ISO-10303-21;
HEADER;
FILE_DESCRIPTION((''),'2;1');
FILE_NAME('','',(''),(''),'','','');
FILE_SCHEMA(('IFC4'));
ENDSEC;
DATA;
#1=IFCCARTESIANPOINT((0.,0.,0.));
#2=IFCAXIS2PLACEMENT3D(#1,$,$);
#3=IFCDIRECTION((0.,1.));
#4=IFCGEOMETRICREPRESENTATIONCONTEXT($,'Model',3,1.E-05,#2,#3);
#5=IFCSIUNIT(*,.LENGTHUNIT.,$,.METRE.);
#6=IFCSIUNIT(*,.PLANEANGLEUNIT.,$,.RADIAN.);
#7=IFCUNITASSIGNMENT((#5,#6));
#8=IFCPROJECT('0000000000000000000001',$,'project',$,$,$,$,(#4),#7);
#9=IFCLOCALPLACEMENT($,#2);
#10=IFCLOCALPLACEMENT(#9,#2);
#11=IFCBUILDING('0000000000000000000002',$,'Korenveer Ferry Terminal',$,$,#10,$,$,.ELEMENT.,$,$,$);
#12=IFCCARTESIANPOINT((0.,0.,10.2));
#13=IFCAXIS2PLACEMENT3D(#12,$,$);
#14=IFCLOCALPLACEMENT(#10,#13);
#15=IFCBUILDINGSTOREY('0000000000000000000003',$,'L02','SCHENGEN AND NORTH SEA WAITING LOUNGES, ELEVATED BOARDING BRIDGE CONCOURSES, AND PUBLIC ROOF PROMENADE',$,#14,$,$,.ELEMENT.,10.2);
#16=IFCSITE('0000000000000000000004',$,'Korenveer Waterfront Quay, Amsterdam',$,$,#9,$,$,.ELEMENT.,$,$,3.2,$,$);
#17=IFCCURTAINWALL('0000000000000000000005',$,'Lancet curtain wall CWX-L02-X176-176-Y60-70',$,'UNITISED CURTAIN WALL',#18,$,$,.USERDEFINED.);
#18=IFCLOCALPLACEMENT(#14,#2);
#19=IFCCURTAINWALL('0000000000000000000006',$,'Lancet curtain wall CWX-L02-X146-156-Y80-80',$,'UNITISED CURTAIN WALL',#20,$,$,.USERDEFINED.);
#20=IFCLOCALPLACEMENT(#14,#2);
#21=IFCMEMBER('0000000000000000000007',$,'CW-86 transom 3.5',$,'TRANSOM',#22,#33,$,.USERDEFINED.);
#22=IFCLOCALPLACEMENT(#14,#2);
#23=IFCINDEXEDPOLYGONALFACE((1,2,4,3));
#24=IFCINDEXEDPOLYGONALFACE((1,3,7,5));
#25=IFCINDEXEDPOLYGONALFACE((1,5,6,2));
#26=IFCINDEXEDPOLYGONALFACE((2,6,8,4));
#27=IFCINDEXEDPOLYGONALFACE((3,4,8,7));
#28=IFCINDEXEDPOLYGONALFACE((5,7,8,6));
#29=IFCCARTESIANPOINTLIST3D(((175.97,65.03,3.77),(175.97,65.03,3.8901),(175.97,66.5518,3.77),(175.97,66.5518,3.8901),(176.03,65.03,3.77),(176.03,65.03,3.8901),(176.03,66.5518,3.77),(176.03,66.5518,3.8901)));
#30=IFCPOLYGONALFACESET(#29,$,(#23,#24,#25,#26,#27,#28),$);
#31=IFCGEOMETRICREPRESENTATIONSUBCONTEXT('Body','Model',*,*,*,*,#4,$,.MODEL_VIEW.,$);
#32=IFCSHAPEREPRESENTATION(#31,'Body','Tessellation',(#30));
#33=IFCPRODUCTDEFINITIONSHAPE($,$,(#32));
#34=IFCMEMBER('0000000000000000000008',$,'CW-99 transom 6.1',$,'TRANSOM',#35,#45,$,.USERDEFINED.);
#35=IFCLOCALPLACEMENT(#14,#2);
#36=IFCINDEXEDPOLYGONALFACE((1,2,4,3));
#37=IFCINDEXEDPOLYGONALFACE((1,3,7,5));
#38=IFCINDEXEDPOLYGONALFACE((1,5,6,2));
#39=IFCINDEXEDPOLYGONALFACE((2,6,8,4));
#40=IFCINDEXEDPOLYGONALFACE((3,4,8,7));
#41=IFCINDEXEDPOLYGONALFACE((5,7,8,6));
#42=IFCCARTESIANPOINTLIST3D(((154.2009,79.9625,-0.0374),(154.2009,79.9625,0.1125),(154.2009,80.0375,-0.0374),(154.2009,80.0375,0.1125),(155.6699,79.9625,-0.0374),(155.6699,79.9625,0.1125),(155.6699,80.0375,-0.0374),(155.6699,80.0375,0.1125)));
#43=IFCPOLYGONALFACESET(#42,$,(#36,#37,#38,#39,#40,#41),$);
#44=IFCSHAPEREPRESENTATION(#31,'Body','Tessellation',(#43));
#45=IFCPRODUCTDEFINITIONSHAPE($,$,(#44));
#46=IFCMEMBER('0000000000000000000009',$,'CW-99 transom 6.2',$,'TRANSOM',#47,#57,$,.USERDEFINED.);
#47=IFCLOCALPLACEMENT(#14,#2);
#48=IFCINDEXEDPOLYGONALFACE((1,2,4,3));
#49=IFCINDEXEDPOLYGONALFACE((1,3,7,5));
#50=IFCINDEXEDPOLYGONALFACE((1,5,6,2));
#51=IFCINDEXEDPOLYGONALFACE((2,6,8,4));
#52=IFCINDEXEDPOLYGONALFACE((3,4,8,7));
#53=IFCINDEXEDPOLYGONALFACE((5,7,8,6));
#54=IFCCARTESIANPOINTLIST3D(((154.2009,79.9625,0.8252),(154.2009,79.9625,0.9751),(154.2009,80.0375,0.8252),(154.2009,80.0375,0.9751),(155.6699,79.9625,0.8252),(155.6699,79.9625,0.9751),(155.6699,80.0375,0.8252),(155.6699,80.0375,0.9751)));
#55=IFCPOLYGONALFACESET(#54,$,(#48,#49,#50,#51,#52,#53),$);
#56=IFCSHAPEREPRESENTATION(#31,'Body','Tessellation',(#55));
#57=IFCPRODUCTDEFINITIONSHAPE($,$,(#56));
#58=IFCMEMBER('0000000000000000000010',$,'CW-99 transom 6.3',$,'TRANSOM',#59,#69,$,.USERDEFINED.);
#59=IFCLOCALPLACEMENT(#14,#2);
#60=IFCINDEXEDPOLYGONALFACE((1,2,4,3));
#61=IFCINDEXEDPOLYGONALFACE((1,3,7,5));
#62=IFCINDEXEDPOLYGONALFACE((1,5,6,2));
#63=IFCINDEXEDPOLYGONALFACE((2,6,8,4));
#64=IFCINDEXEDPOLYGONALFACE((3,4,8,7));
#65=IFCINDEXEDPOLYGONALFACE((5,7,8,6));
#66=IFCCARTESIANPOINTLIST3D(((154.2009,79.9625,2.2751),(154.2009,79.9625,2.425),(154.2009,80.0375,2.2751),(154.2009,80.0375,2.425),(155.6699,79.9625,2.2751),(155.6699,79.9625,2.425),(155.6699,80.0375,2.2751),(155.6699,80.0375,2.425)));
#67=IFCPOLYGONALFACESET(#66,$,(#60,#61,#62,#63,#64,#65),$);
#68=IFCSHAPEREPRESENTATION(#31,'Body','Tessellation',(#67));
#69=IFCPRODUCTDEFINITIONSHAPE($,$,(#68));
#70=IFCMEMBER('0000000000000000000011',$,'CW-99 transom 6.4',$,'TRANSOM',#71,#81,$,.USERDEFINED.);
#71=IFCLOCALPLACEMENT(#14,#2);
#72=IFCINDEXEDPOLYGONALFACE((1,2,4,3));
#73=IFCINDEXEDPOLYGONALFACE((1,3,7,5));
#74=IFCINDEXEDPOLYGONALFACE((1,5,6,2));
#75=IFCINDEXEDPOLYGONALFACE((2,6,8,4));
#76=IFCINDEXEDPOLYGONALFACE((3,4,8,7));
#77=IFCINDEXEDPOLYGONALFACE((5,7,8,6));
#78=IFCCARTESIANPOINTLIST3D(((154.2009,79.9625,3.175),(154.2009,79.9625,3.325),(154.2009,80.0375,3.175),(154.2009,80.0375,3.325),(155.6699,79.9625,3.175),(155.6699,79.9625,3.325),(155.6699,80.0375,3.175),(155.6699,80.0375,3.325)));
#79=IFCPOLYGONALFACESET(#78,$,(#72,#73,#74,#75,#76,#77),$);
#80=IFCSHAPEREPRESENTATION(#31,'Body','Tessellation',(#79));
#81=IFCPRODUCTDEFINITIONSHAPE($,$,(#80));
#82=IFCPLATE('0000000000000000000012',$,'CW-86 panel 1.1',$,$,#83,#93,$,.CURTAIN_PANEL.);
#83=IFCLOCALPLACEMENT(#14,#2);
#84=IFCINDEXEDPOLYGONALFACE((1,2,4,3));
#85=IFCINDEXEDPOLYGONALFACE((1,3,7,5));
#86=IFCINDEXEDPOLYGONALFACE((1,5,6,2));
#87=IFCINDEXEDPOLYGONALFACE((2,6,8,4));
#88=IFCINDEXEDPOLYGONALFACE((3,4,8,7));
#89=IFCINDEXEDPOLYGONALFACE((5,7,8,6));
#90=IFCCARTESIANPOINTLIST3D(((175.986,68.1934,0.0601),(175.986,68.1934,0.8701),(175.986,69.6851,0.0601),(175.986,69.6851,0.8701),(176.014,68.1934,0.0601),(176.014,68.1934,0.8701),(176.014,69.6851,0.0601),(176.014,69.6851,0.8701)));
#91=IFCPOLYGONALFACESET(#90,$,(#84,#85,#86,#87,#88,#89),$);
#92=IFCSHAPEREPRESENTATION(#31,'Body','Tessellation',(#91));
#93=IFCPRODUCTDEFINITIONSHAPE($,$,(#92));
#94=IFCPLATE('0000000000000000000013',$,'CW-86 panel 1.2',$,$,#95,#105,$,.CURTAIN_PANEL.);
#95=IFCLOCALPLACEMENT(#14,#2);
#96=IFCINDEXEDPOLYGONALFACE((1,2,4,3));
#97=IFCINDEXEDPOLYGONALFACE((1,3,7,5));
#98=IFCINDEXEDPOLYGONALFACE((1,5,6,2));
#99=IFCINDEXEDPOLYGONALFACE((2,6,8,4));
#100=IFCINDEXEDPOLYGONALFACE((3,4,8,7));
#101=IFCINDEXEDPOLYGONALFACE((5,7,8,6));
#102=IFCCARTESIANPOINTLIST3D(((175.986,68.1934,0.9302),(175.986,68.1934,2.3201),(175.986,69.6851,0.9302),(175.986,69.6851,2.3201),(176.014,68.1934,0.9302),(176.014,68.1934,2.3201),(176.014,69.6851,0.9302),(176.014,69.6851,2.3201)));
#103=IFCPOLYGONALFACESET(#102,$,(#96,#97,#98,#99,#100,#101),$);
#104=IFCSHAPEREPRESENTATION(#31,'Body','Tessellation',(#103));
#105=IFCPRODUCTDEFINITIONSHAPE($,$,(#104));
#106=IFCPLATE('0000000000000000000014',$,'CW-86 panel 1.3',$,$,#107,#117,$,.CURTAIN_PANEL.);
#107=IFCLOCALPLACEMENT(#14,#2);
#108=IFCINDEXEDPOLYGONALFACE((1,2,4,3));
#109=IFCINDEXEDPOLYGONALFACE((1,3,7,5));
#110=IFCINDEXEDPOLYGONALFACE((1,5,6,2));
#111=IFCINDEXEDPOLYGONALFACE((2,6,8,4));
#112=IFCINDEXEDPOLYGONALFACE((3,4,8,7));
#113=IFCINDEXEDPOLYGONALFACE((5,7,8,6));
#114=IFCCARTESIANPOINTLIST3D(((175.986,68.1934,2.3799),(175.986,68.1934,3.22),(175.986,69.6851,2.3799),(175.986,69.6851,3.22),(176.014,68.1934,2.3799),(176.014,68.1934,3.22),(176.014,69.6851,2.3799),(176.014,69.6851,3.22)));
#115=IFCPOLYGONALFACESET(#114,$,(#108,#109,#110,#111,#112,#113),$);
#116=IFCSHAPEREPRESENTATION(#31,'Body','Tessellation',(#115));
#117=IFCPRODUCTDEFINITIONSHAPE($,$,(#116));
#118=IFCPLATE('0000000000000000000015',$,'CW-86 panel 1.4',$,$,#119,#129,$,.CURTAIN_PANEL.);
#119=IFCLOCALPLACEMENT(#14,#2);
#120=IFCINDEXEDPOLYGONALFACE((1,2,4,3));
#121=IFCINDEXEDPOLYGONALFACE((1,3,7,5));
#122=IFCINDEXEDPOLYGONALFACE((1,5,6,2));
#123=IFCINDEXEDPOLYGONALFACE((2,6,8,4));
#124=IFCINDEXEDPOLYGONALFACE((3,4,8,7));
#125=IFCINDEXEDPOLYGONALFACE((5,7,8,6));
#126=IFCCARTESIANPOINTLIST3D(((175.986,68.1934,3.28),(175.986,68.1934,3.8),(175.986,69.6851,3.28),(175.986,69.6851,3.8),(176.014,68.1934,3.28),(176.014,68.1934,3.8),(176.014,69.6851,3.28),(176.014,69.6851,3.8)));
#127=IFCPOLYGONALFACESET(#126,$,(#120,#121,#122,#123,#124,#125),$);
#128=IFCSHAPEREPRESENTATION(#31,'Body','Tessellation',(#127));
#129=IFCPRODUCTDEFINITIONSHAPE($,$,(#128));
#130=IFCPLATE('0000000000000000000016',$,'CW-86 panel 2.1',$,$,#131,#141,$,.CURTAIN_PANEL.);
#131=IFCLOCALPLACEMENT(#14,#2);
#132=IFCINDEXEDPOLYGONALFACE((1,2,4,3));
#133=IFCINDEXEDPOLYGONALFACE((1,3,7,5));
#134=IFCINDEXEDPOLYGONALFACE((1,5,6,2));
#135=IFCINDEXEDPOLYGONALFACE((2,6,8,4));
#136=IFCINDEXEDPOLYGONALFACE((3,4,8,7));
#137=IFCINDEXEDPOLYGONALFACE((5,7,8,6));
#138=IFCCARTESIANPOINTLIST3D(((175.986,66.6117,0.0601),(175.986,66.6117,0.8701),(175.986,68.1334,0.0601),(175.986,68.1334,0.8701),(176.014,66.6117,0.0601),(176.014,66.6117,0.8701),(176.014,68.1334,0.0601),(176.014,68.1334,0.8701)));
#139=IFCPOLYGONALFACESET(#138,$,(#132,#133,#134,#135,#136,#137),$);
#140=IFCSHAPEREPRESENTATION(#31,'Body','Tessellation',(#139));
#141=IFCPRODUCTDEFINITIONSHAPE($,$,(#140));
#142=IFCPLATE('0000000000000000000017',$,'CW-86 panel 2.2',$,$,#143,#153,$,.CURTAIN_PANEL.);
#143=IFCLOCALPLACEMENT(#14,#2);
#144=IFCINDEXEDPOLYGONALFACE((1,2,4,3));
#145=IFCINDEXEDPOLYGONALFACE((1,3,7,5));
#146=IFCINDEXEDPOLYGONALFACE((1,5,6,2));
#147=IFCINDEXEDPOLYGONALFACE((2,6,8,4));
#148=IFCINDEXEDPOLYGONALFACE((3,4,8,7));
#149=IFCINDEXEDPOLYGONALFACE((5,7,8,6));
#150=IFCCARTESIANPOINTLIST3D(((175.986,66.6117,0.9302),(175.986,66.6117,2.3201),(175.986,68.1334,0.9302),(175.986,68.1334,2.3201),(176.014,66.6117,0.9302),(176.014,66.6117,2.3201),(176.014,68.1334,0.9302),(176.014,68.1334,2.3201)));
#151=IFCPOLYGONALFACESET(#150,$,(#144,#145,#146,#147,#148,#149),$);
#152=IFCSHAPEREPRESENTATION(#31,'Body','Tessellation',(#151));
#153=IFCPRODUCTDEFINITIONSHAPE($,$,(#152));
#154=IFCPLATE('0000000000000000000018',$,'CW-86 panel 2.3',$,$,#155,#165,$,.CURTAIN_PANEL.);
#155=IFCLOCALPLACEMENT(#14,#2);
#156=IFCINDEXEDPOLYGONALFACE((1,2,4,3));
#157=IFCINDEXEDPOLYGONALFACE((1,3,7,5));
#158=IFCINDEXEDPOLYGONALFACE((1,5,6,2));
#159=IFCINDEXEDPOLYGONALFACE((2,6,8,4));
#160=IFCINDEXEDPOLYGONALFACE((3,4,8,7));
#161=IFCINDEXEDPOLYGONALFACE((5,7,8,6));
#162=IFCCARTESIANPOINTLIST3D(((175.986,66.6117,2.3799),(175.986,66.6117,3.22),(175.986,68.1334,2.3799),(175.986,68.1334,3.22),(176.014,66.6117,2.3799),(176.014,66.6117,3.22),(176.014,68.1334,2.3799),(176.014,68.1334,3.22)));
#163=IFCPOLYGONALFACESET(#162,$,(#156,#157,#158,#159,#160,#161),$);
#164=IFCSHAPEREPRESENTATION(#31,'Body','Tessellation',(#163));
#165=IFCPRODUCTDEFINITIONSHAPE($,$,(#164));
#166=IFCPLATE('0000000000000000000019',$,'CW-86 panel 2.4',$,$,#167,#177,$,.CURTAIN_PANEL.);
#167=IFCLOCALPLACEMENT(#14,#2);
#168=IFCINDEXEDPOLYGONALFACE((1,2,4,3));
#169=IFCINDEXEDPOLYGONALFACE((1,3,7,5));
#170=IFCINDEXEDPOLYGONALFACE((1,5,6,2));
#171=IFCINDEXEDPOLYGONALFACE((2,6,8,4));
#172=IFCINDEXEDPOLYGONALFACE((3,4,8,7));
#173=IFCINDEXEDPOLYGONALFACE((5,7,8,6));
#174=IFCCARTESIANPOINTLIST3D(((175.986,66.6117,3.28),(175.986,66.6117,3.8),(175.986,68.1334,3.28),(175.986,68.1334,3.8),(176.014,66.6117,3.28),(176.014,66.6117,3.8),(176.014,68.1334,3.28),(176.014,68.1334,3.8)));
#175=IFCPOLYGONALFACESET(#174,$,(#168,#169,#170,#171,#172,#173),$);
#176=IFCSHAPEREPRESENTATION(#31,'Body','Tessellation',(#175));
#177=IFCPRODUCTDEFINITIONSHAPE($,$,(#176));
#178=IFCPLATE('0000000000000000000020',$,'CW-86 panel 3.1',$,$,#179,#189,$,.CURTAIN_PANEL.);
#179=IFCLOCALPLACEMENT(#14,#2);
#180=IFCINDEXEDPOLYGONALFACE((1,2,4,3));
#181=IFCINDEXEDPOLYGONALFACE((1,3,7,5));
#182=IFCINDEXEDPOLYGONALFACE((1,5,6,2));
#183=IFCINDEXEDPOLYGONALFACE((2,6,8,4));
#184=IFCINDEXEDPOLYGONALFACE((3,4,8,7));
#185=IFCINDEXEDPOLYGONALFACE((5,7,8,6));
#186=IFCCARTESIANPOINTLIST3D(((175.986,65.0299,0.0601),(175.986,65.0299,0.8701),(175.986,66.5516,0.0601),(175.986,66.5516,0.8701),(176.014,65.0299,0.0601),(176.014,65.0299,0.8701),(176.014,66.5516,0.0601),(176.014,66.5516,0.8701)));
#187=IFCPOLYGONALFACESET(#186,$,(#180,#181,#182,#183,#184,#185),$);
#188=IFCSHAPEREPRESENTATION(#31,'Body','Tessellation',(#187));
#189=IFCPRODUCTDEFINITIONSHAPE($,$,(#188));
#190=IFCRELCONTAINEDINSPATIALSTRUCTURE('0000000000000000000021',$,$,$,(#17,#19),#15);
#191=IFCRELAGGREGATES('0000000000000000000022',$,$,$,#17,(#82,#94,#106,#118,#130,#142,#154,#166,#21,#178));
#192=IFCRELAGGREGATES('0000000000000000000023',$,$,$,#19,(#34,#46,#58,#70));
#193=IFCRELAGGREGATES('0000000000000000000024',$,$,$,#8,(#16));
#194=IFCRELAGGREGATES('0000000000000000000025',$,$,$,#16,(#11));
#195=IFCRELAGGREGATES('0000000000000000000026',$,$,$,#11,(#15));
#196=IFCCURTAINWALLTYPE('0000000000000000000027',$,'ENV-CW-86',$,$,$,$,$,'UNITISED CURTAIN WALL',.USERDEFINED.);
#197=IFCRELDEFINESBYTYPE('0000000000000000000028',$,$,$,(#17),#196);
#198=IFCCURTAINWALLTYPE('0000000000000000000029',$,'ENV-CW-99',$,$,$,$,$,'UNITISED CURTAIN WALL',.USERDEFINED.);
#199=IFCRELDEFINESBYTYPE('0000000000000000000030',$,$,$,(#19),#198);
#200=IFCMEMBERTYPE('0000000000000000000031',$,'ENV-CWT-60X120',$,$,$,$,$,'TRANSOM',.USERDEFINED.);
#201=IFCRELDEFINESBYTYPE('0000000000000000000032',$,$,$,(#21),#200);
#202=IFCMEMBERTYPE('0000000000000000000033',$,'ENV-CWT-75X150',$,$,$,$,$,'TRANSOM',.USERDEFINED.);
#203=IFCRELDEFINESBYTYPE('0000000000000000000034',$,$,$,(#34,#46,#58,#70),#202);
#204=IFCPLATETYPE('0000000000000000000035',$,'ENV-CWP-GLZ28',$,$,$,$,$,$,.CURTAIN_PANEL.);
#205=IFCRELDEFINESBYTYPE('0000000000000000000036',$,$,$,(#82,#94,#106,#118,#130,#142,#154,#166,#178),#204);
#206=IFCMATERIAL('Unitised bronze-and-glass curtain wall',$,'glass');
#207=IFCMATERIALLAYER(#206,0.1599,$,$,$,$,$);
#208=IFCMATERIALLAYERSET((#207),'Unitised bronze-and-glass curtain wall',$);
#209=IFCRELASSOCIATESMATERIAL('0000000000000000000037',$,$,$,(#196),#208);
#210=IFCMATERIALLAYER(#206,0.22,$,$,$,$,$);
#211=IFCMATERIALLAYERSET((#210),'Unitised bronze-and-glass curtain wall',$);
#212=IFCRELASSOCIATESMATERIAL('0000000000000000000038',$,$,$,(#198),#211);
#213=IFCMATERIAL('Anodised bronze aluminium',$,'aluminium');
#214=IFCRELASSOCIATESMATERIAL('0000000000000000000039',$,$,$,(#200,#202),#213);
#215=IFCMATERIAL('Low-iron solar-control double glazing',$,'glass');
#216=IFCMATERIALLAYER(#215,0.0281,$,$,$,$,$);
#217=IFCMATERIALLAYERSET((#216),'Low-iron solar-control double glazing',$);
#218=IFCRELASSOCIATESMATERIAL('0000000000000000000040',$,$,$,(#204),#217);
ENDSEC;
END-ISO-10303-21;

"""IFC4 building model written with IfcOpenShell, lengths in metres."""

from ifc_helpers import new_model, si_unit, direction, frame, origin, origin_2d, place, context, subcontext, project, spatial, rectangle, extrude, material, layer, layer_set, material_profile, profile_set, type_object, element, aggregate, save


model = new_model("IFC4")

# Units and contexts
model_context = context("Model", 3, precision=1e-05, world=origin(), true_north=direction((0.0, 1.0)))
body_context = subcontext(model_context, "Body", "Model", "MODEL_VIEW")
ifc_project = project(units=[si_unit("LENGTHUNIT", "METRE"), si_unit("PLANEANGLEUNIT", "RADIAN")], contexts=[model_context])

# Site, building, storey
site_placement = place(None, origin())
site = spatial("IfcSite", under=ifc_project, at=site_placement, Name="Korenveer Waterfront Quay, Amsterdam", CompositionType="ELEMENT", RefElevation=3.2)
building_placement = place(site_placement, origin())
building = spatial("IfcBuilding", under=site, at=building_placement, Name="Korenveer Ferry Terminal", CompositionType="ELEMENT")
storey_placement = place(building_placement, frame((0.0, 0.0, 10.2)))
storey = spatial("IfcBuildingStorey", under=building, at=storey_placement, Name="L02", Description="SCHENGEN AND NORTH SEA WAITING LOUNGES, ELEVATED BOARDING BRIDGE CONCOURSES, AND PUBLIC ROOF PROMENADE", CompositionType="ELEMENT", Elevation=10.2)

# Curtain wall
ifc_material_1 = material(Name="Unitised bronze-and-glass curtain wall", Category="glass")
ifc_layer_1 = layer(ifc_material_1, 0.1599)
ifc_layer_set_1 = layer_set([ifc_layer_1], Name="Unitised bronze-and-glass curtain wall")
curtain_wall_type_1 = type_object("IfcCurtainWallType", Name="ENV-CW-86", ElementType="UNITISED CURTAIN WALL", PredefinedType="USERDEFINED", material=ifc_layer_set_1)
curtain_wall_1_placement = place(storey_placement, frame((176.0, 69.7451, 0.0)))
curtain_wall_1 = element("IfcCurtainWall", 1, at=curtain_wall_1_placement, inside=storey, type_object=curtain_wall_type_1, Name="Lancet curtain wall CWX-L02-X176-176-Y60-70", ObjectType="UNITISED CURTAIN WALL", PredefinedType="USERDEFINED")
ifc_material_2 = material(Name="Anodised bronze aluminium", Category="aluminium")

# Curtain wall
ifc_layer_2 = layer(ifc_material_1, 0.22)
ifc_layer_set_2 = layer_set([ifc_layer_2], Name="Unitised bronze-and-glass curtain wall")
curtain_wall_type_2 = type_object("IfcCurtainWallType", Name="ENV-CW-99", ElementType="UNITISED CURTAIN WALL", PredefinedType="USERDEFINED", material=ifc_layer_set_2)
curtain_wall_2_placement = place(storey_placement, frame((146.2549, 80.0, 0.0)))
curtain_wall_2 = element("IfcCurtainWall", 2, at=curtain_wall_2_placement, inside=storey, type_object=curtain_wall_type_2, Name="Lancet curtain wall CWX-L02-X146-156-Y80-80", ObjectType="UNITISED CURTAIN WALL", PredefinedType="USERDEFINED")

# Members
ifc_material_profile_1 = material_profile(ifc_material_2, rectangle(XDim=0.0601, YDim=0.1201, at=origin_2d()), Name="ALU 60x120")
ifc_profile_set_1 = profile_set([ifc_material_profile_1], Name="Anodised bronze aluminium")
member_type_1 = type_object("IfcMemberType", Name="ENV-CWT-60X120", ElementType="TRANSOM", PredefinedType="USERDEFINED", material=ifc_profile_set_1)
member_1_placement = place(storey_placement, frame((176.0, 66.5518, 3.8301), z_axis=(0.0, -1.0, 0.0), x_axis=(1.0, 0.0, 0.0)))
member_1 = element("IfcMember", 3, at=member_1_placement, type_object=member_type_1, Name="CW-86 transom 3.5", ObjectType="TRANSOM", PredefinedType="USERDEFINED", context=body_context, shape_type="SweptSolid", body=[
    extrude(rectangle(XDim=0.0601, YDim=0.1201, at=origin_2d()), origin(), (0.0, 0.0, 1.0), 1.5217),
])
ifc_material_profile_2 = material_profile(ifc_material_2, rectangle(XDim=0.075, YDim=0.1499, at=origin_2d()), Name="ALU 75x150")
ifc_profile_set_2 = profile_set([ifc_material_profile_2], Name="Anodised bronze aluminium")
member_type_2 = type_object("IfcMemberType", Name="ENV-CWT-75X150", ElementType="TRANSOM", PredefinedType="USERDEFINED", material=ifc_profile_set_2)
member_2_placement = place(storey_placement, frame((154.2009, 80.0, 0.0376), z_axis=(1.0, 0.0, 0.0), x_axis=(0.0, 1.0, 0.0)))
member_2 = element("IfcMember", 4, at=member_2_placement, type_object=member_type_2, Name="CW-99 transom 6.1", ObjectType="TRANSOM", PredefinedType="USERDEFINED", context=body_context, shape_type="SweptSolid", body=[
    extrude(rectangle(XDim=0.075, YDim=0.1499, at=origin_2d()), origin(), (0.0, 0.0, 1.0), 1.469),
])
member_3_placement = place(storey_placement, frame((154.2009, 80.0, 0.9001), z_axis=(1.0, 0.0, 0.0), x_axis=(0.0, 1.0, 0.0)))
member_3 = element("IfcMember", 5, at=member_3_placement, type_object=member_type_2, Name="CW-99 transom 6.2", ObjectType="TRANSOM", PredefinedType="USERDEFINED", context=body_context, shape_type="SweptSolid", body=[
    extrude(rectangle(XDim=0.075, YDim=0.1499, at=origin_2d()), origin(), (0.0, 0.0, 1.0), 1.469),
])
member_4_placement = place(storey_placement, frame((154.2009, 80.0, 2.3501), z_axis=(1.0, 0.0, 0.0), x_axis=(0.0, 1.0, 0.0)))
member_4 = element("IfcMember", 6, at=member_4_placement, type_object=member_type_2, Name="CW-99 transom 6.3", ObjectType="TRANSOM", PredefinedType="USERDEFINED", context=body_context, shape_type="SweptSolid", body=[
    extrude(rectangle(XDim=0.075, YDim=0.1499, at=origin_2d()), origin(), (0.0, 0.0, 1.0), 1.469),
])
member_5_placement = place(storey_placement, frame((154.2009, 80.0, 3.25), z_axis=(1.0, 0.0, 0.0), x_axis=(0.0, 1.0, 0.0)))
member_5 = element("IfcMember", 7, at=member_5_placement, type_object=member_type_2, Name="CW-99 transom 6.4", ObjectType="TRANSOM", PredefinedType="USERDEFINED", context=body_context, shape_type="SweptSolid", body=[
    extrude(rectangle(XDim=0.075, YDim=0.1499, at=origin_2d()), origin(), (0.0, 0.0, 1.0), 1.469),
])

# Plates
ifc_material_3 = material(Name="Low-iron solar-control double glazing", Category="glass")
ifc_layer_3 = layer(ifc_material_3, 0.0281)
ifc_layer_set_3 = layer_set([ifc_layer_3], Name="Low-iron solar-control double glazing")
plate_type_1 = type_object("IfcPlateType", Name="ENV-CWP-GLZ28", PredefinedType="CURTAIN_PANEL", material=ifc_layer_set_3)
plate_1_placement = place(storey_placement, frame((176.0, 68.9392, 0.0601), z_axis=(0.0, 0.0, 1.0), x_axis=(0.0, -1.0, 0.0)))
plate_1 = element("IfcPlate", 8, at=plate_1_placement, type_object=plate_type_1, Name="CW-86 panel 1.1", PredefinedType="CURTAIN_PANEL", context=body_context, shape_type="SweptSolid", body=[
    extrude(rectangle(XDim=1.4917, YDim=0.0281, at=origin_2d()), origin(), (0.0, 0.0, 1.0), 0.8101),
])
plate_2_placement = place(storey_placement, frame((176.0, 68.9392, 0.9302), z_axis=(0.0, 0.0, 1.0), x_axis=(0.0, -1.0, 0.0)))
plate_2 = element("IfcPlate", 9, at=plate_2_placement, type_object=plate_type_1, Name="CW-86 panel 1.2", PredefinedType="CURTAIN_PANEL", context=body_context, shape_type="SweptSolid", body=[
    extrude(rectangle(XDim=1.4917, YDim=0.0281, at=origin_2d()), origin(), (0.0, 0.0, 1.0), 1.3899),
])
plate_3_placement = place(storey_placement, frame((176.0, 68.9392, 2.3799), z_axis=(0.0, 0.0, 1.0), x_axis=(0.0, -1.0, 0.0)))
plate_3 = element("IfcPlate", 10, at=plate_3_placement, type_object=plate_type_1, Name="CW-86 panel 1.3", PredefinedType="CURTAIN_PANEL", context=body_context, shape_type="SweptSolid", body=[
    extrude(rectangle(XDim=1.4917, YDim=0.0281, at=origin_2d()), origin(), (0.0, 0.0, 1.0), 0.8401),
])
plate_4_placement = place(storey_placement, frame((176.0, 68.9392, 3.28), z_axis=(0.0, 0.0, 1.0), x_axis=(0.0, -1.0, 0.0)))
plate_4 = element("IfcPlate", 11, at=plate_4_placement, type_object=plate_type_1, Name="CW-86 panel 1.4", PredefinedType="CURTAIN_PANEL", context=body_context, shape_type="SweptSolid", body=[
    extrude(rectangle(XDim=1.4917, YDim=0.0281, at=origin_2d()), origin(), (0.0, 0.0, 1.0), 0.52),
])
plate_5_placement = place(storey_placement, frame((176.0, 67.3726, 0.0601), z_axis=(0.0, 0.0, 1.0), x_axis=(0.0, -1.0, 0.0)))
plate_5 = element("IfcPlate", 12, at=plate_5_placement, type_object=plate_type_1, Name="CW-86 panel 2.1", PredefinedType="CURTAIN_PANEL", context=body_context, shape_type="SweptSolid", body=[
    extrude(rectangle(XDim=1.5217, YDim=0.0281, at=origin_2d()), origin(), (0.0, 0.0, 1.0), 0.8101),
])
plate_6_placement = place(storey_placement, frame((176.0, 67.3726, 0.9302), z_axis=(0.0, 0.0, 1.0), x_axis=(0.0, -1.0, 0.0)))
plate_6 = element("IfcPlate", 13, at=plate_6_placement, type_object=plate_type_1, Name="CW-86 panel 2.2", PredefinedType="CURTAIN_PANEL", context=body_context, shape_type="SweptSolid", body=[
    extrude(rectangle(XDim=1.5217, YDim=0.0281, at=origin_2d()), origin(), (0.0, 0.0, 1.0), 1.3899),
])
plate_7_placement = place(storey_placement, frame((176.0, 67.3726, 2.3799), z_axis=(0.0, 0.0, 1.0), x_axis=(0.0, -1.0, 0.0)))
plate_7 = element("IfcPlate", 14, at=plate_7_placement, type_object=plate_type_1, Name="CW-86 panel 2.3", PredefinedType="CURTAIN_PANEL", context=body_context, shape_type="SweptSolid", body=[
    extrude(rectangle(XDim=1.5217, YDim=0.0281, at=origin_2d()), origin(), (0.0, 0.0, 1.0), 0.8401),
])
plate_8_placement = place(storey_placement, frame((176.0, 67.3726, 3.28), z_axis=(0.0, 0.0, 1.0), x_axis=(0.0, -1.0, 0.0)))
plate_8 = element("IfcPlate", 15, at=plate_8_placement, type_object=plate_type_1, Name="CW-86 panel 2.4", PredefinedType="CURTAIN_PANEL", context=body_context, shape_type="SweptSolid", body=[
    extrude(rectangle(XDim=1.5217, YDim=0.0281, at=origin_2d()), origin(), (0.0, 0.0, 1.0), 0.52),
])
plate_9_placement = place(storey_placement, frame((176.0, 65.7908, 0.0601), z_axis=(0.0, 0.0, 1.0), x_axis=(0.0, -1.0, 0.0)))
plate_9 = element("IfcPlate", 16, at=plate_9_placement, type_object=plate_type_1, Name="CW-86 panel 3.1", PredefinedType="CURTAIN_PANEL", context=body_context, shape_type="SweptSolid", body=[
    extrude(rectangle(XDim=1.5217, YDim=0.0281, at=origin_2d()), origin(), (0.0, 0.0, 1.0), 0.8101),
])
aggregate(curtain_wall_1, [plate_1, plate_2, plate_3, plate_4, plate_5, plate_6, plate_7, plate_8, member_1, plate_9])
aggregate(curtain_wall_2, [member_2, member_3, member_4, member_5])

save(model, "model.ifc")
